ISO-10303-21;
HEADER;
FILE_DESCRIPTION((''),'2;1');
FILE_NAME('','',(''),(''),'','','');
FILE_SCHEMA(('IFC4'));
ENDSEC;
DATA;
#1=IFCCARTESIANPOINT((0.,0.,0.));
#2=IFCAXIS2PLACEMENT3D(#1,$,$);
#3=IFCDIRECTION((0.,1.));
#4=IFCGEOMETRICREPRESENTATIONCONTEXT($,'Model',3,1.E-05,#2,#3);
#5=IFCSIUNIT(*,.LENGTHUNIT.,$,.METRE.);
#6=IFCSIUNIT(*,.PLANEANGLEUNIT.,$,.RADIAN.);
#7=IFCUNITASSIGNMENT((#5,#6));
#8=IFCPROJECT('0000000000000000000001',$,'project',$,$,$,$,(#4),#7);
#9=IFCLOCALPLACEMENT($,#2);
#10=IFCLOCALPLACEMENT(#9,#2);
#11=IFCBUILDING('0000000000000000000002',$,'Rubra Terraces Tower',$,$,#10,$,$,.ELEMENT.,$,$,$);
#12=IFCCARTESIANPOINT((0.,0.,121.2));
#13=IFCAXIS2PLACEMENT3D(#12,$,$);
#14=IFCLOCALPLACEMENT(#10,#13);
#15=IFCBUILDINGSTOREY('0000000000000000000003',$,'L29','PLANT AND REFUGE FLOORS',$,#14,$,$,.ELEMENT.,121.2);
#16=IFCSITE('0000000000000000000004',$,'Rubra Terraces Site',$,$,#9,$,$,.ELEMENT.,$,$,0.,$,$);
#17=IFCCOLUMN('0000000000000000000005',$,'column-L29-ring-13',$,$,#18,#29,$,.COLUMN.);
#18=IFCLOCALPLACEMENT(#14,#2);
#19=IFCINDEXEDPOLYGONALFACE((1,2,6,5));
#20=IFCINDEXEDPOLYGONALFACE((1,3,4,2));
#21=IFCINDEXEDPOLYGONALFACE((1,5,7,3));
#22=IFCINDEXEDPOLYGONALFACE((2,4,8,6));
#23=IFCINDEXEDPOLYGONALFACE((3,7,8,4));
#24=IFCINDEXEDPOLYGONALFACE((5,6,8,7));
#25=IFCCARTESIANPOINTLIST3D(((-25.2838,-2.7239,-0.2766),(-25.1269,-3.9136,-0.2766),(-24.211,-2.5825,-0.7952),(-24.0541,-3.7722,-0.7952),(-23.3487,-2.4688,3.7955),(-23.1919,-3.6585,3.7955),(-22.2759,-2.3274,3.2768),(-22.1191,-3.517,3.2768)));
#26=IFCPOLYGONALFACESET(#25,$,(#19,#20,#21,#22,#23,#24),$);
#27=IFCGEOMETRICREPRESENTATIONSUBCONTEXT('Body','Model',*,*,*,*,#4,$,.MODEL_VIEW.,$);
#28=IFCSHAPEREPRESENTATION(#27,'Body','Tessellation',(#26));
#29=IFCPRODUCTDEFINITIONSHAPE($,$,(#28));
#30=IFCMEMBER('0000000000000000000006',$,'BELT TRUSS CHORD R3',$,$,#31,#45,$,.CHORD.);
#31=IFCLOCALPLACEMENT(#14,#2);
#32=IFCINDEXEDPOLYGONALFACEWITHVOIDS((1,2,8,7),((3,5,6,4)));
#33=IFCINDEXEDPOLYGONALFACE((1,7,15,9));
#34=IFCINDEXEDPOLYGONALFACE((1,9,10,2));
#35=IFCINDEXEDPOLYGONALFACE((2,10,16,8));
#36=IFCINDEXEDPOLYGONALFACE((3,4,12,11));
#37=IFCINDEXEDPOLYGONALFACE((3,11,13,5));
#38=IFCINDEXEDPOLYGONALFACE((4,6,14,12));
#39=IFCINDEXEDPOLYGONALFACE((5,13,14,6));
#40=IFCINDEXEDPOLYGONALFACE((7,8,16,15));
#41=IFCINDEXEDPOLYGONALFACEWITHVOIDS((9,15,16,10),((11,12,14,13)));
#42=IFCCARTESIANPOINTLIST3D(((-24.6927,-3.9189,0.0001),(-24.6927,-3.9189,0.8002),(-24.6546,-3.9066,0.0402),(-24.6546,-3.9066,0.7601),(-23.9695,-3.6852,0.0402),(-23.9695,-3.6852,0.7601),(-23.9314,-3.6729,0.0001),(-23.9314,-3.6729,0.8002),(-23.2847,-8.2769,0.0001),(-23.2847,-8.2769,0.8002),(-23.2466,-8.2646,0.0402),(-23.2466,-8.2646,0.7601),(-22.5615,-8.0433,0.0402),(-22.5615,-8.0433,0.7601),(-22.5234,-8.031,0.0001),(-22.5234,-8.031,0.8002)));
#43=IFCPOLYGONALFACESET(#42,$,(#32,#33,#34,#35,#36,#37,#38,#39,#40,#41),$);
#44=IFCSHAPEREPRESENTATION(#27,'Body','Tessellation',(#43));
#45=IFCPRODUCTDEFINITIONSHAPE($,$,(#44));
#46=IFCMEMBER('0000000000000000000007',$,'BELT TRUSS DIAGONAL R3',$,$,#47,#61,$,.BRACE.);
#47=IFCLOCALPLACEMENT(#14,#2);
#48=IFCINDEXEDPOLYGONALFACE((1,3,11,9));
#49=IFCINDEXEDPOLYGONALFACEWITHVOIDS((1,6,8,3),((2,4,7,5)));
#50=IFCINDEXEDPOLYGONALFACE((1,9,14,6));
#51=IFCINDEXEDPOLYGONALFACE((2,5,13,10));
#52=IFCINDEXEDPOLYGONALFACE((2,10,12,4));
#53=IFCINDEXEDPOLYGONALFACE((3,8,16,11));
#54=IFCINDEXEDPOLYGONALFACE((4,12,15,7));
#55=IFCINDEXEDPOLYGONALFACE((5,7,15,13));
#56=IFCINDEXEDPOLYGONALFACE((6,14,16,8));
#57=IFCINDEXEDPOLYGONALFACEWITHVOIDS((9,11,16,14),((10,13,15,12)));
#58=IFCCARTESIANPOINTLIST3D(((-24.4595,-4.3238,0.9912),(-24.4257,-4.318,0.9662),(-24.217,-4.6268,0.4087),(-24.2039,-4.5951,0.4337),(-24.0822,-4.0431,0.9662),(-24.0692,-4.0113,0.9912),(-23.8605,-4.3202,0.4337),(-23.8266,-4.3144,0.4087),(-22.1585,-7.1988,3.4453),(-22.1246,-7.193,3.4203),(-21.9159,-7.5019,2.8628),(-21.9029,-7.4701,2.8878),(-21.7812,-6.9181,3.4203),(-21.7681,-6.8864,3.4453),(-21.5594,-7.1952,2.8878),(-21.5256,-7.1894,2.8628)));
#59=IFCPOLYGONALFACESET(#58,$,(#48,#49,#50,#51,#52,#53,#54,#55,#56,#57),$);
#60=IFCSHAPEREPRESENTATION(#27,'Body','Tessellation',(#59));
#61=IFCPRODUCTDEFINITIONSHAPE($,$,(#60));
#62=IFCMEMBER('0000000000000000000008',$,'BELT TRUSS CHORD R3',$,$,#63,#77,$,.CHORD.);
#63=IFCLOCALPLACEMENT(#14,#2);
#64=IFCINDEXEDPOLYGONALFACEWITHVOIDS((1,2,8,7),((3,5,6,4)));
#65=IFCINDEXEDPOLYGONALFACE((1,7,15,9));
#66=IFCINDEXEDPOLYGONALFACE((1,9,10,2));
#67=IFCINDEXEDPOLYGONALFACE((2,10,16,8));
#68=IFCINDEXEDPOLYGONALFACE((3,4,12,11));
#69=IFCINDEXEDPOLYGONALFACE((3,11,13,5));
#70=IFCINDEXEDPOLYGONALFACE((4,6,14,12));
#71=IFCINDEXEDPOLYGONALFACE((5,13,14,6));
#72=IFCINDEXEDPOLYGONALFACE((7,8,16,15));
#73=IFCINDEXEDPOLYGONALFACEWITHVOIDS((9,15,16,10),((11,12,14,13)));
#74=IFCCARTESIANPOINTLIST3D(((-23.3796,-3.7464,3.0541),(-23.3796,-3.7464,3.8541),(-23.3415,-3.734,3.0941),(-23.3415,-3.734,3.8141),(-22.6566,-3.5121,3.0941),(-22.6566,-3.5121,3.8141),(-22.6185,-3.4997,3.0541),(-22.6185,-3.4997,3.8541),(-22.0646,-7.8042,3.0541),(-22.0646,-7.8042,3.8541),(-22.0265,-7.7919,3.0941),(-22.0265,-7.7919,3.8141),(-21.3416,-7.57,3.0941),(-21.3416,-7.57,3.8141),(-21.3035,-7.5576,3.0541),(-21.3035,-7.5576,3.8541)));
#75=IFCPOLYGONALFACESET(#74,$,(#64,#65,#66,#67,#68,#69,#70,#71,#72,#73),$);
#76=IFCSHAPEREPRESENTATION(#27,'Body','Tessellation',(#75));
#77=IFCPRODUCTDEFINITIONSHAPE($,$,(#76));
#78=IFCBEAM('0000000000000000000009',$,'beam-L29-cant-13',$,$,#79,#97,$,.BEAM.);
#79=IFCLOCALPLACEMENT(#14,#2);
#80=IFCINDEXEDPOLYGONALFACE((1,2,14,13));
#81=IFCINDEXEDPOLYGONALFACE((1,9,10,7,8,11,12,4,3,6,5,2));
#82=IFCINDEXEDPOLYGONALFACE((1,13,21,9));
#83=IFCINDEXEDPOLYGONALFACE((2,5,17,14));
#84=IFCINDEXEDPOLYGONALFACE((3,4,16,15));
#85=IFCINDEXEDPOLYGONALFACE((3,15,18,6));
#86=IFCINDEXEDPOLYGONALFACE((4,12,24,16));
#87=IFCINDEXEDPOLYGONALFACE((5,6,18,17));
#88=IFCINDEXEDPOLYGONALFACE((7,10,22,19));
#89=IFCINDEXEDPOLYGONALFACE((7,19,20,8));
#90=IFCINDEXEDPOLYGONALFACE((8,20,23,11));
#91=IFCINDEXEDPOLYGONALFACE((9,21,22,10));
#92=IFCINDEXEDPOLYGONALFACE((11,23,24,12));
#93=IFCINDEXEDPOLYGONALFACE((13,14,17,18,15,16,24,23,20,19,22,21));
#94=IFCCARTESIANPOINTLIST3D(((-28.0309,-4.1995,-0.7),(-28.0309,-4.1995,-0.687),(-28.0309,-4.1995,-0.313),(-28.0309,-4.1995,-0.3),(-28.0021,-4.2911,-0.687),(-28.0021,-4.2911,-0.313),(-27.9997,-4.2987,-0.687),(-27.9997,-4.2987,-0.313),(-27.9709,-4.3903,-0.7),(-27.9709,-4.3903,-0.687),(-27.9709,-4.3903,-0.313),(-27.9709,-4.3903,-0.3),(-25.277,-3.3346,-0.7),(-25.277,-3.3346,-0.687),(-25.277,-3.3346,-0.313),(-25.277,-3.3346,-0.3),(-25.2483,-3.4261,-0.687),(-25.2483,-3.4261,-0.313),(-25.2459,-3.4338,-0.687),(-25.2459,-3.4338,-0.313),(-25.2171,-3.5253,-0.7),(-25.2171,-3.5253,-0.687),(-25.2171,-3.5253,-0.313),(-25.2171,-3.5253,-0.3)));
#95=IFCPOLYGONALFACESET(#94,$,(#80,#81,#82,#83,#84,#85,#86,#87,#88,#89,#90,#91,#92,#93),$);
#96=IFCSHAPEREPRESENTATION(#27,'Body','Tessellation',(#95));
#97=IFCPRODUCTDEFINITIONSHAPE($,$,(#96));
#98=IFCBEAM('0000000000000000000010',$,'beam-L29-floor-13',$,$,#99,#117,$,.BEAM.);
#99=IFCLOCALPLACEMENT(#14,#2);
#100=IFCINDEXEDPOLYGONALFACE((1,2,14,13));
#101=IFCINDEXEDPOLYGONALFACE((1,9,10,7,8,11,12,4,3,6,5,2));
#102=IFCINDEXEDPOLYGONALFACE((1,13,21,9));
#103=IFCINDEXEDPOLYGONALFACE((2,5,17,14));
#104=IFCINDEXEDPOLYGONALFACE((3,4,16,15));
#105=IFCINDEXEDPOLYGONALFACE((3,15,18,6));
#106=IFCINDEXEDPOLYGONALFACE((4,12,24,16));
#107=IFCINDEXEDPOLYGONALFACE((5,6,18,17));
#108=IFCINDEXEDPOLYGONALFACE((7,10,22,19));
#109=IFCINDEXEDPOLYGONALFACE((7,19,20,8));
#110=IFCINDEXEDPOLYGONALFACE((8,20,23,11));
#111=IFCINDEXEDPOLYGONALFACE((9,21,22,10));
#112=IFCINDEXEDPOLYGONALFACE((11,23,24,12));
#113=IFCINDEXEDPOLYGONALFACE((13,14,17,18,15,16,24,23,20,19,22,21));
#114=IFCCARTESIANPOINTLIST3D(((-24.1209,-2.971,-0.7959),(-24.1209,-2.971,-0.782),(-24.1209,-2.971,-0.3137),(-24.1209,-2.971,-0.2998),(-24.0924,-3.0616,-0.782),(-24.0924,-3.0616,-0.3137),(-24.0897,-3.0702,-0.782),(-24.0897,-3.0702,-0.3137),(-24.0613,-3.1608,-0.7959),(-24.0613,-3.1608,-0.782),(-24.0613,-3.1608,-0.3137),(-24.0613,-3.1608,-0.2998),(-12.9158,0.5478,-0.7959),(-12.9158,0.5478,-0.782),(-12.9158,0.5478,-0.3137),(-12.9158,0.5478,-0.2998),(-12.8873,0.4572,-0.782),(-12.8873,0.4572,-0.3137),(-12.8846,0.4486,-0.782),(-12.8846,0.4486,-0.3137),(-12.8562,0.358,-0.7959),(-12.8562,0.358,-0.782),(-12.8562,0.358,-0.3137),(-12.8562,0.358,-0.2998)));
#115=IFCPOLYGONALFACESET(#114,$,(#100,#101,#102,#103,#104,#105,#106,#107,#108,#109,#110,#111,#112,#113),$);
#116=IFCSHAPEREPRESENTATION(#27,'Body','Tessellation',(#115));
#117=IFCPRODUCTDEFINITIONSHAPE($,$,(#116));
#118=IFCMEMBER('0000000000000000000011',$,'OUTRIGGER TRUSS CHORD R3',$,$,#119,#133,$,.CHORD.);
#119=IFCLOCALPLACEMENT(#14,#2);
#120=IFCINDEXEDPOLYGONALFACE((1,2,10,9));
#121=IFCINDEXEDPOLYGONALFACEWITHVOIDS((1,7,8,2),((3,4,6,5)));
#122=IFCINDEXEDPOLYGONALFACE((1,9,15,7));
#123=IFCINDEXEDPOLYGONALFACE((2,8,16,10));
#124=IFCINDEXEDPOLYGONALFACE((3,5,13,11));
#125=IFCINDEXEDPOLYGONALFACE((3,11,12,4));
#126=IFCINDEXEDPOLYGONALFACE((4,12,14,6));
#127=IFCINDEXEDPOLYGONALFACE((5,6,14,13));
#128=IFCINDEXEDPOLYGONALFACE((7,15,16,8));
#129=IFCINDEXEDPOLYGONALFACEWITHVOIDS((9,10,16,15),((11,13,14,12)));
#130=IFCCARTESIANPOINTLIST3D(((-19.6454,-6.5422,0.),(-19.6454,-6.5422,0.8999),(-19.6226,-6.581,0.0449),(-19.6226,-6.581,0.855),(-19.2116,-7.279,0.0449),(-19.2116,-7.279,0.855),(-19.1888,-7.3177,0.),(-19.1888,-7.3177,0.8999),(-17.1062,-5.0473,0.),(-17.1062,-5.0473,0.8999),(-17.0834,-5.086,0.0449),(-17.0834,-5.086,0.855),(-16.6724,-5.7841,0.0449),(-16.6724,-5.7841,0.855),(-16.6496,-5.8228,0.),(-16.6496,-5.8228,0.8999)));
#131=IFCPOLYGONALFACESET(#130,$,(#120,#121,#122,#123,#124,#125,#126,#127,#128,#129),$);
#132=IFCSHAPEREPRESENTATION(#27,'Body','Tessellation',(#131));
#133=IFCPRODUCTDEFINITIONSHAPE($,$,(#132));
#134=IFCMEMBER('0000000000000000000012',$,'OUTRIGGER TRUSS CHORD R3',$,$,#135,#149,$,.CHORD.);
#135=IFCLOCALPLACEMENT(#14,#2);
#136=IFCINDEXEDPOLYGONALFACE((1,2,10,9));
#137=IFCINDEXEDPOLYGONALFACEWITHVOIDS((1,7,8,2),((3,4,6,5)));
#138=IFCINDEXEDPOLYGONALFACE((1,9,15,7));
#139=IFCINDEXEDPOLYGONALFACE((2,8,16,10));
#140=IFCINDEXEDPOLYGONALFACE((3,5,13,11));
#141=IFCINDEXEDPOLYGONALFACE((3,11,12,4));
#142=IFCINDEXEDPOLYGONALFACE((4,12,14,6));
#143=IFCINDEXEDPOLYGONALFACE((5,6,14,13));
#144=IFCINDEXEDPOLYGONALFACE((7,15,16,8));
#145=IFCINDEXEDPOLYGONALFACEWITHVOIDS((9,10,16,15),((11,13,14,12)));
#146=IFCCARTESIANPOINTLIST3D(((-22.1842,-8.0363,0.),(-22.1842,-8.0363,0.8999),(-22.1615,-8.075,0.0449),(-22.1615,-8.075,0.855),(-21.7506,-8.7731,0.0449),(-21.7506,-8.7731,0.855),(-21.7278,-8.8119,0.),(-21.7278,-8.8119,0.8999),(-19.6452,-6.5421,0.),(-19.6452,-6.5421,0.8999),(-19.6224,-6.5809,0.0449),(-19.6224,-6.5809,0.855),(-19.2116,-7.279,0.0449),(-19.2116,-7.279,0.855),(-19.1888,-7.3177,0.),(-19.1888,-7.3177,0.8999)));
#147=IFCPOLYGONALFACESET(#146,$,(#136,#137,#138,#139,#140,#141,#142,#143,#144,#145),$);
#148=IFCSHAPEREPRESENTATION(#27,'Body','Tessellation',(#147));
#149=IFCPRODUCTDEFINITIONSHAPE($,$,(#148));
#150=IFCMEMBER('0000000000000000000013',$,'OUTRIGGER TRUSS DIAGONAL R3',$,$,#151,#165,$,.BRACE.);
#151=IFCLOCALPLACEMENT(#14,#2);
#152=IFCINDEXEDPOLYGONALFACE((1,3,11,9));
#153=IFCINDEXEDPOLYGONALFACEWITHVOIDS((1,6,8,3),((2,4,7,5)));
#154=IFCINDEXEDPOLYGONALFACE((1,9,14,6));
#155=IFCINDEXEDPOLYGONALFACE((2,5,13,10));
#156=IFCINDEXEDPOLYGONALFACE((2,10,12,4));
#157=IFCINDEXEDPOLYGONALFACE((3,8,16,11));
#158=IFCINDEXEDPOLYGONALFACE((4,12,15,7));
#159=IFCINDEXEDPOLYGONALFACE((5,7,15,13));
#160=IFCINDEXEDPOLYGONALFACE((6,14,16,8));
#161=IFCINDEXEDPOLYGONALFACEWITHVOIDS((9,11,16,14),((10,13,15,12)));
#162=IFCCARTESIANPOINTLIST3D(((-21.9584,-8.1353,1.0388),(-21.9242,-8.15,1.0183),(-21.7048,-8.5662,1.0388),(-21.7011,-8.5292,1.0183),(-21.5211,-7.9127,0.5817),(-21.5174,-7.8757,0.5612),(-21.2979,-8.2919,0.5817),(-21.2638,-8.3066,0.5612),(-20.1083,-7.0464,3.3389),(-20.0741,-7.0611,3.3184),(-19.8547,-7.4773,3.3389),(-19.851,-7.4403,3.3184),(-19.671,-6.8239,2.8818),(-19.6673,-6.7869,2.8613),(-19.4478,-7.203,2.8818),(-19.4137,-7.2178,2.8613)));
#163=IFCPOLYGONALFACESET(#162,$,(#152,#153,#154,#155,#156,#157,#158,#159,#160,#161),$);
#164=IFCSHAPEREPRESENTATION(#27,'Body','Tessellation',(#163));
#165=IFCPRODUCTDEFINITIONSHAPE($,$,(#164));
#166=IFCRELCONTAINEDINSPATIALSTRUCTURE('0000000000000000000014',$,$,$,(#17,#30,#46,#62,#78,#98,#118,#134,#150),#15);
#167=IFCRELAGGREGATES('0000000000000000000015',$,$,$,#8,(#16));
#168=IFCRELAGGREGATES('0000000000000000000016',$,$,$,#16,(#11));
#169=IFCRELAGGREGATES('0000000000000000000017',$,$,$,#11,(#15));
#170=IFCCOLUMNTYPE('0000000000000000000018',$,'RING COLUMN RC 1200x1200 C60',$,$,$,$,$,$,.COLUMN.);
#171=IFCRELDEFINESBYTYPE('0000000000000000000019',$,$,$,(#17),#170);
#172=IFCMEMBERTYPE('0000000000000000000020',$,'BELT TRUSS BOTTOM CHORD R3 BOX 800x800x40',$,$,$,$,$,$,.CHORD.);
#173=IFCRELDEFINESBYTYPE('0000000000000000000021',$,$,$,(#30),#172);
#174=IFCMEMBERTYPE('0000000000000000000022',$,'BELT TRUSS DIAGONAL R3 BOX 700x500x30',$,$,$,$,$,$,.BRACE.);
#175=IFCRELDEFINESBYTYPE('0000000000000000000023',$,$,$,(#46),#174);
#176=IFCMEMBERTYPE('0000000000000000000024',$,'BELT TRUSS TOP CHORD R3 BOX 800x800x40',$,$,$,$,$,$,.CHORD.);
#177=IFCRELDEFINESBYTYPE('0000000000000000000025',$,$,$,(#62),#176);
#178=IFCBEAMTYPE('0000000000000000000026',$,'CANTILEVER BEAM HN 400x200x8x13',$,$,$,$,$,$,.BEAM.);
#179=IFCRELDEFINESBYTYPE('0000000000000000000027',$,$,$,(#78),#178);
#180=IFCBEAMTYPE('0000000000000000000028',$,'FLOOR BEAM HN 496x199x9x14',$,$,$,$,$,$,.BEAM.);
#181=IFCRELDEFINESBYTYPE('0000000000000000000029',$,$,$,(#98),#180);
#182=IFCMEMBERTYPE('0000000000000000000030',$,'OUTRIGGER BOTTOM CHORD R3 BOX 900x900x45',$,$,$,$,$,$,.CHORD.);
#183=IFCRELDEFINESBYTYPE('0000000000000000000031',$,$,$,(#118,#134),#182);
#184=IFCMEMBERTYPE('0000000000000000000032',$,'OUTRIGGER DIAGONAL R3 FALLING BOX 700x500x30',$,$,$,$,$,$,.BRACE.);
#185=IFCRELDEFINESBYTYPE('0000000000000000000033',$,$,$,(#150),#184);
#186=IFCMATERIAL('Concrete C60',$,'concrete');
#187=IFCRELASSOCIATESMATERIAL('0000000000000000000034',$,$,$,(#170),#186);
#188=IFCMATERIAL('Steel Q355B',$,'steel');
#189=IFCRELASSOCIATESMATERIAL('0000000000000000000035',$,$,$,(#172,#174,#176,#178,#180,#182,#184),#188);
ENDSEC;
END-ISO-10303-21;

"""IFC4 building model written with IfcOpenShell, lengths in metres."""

from ifc_helpers import new_model, si_unit, direction, frame, origin, origin_2d, place, context, subcontext, project, spatial, rectangle, hollow_rectangle, i_section, extrude, material, material_profile, profile_set, type_object, element, save


model = new_model("IFC4")

# Units and contexts
model_context = context("Model", 3, precision=1e-05, world=origin(), true_north=direction((0.0, 1.0)))
body_context = subcontext(model_context, "Body", "Model", "MODEL_VIEW")
ifc_project = project(units=[si_unit("LENGTHUNIT", "METRE"), si_unit("PLANEANGLEUNIT", "RADIAN")], contexts=[model_context])

# Site, building, storey
site_placement = place(None, origin())
site = spatial("IfcSite", under=ifc_project, at=site_placement, Name="Rubra Terraces Site", CompositionType="ELEMENT", RefElevation=0.0)
building_placement = place(site_placement, origin())
building = spatial("IfcBuilding", under=site, at=building_placement, Name="Rubra Terraces Tower", CompositionType="ELEMENT")
storey_placement = place(building_placement, frame((0.0, 0.0, 121.2)))
storey = spatial("IfcBuildingStorey", under=building, at=storey_placement, Name="L29", Description="PLANT AND REFUGE FLOORS", CompositionType="ELEMENT", Elevation=121.2)

# Column
ifc_material_1 = material(Name="Concrete C60", Category="concrete")
ifc_material_profile_1 = material_profile(ifc_material_1, rectangle(XDim=1.2, YDim=1.2, at=origin_2d()), Name="RC 1200x1200")
ifc_profile_set_1 = profile_set([ifc_material_profile_1], Name="Concrete C60")
column_type = type_object("IfcColumnType", Name="RING COLUMN RC 1200x1200 C60", PredefinedType="COLUMN", material=ifc_profile_set_1)
column_placement = place(storey_placement, frame((-24.6689, -3.248, -0.5359), z_axis=(0.428525, 0.056499, 0.901762), x_axis=(-0.130713, 0.99142, 0.0)))
element("IfcColumn", 1, at=column_placement, inside=storey, type_object=column_type, Name="column-L29-ring-13", PredefinedType="COLUMN", context=body_context, shape_type="SweptSolid", body=[
    extrude(rectangle(XDim=1.2, YDim=1.2, at=origin_2d()), origin(), (0.0, 0.0, 1.0), 4.5156),
])

# Members
ifc_material_2 = material(Name="Steel Q355B", Category="steel")
ifc_material_profile_2 = material_profile(ifc_material_2, hollow_rectangle(XDim=0.8, YDim=0.8, WallThickness=0.04, at=origin_2d()), Name="BOX 800x800x40")
ifc_profile_set_2 = profile_set([ifc_material_profile_2], Name="Steel Q355B")
member_type_1 = type_object("IfcMemberType", Name="BELT TRUSS BOTTOM CHORD R3 BOX 800x800x40", PredefinedType="CHORD", material=ifc_profile_set_2)
member_1_placement = place(storey_placement, frame((-24.312, -3.7959, 0.4001), z_axis=(0.307419, -0.951574, 0.0), x_axis=(0.951574, 0.307419, 0.0)))
element("IfcMember", 2, at=member_1_placement, inside=storey, type_object=member_type_1, Name="BELT TRUSS CHORD R3", PredefinedType="CHORD", context=body_context, shape_type="SweptSolid", body=[
    extrude(hollow_rectangle(XDim=0.8, YDim=0.8, WallThickness=0.04, at=origin_2d()), origin(), (0.0, 0.0, 1.0), 4.5798),
])
ifc_material_profile_3 = material_profile(ifc_material_2, hollow_rectangle(XDim=0.5, YDim=0.7, WallThickness=0.03, at=origin_2d()), Name="BOX 700x500x30")
ifc_profile_set_3 = profile_set([ifc_material_profile_3], Name="Steel Q355B")
member_type_2 = type_object("IfcMemberType", Name="BELT TRUSS DIAGONAL R3 BOX 700x500x30", PredefinedType="BRACE", material=ifc_profile_set_3)
member_2_placement = place(storey_placement, frame((-24.1431, -4.3191, 0.7), z_axis=(0.519975, -0.649679, 0.554566), x_axis=(0.780733, 0.624865, 0.0)))
element("IfcMember", 3, at=member_2_placement, inside=storey, type_object=member_type_2, Name="BELT TRUSS DIAGONAL R3", PredefinedType="BRACE", context=body_context, shape_type="SweptSolid", body=[
    extrude(hollow_rectangle(XDim=0.5, YDim=0.7, WallThickness=0.03, at=origin_2d()), origin(), (0.0, 0.0, 1.0), 4.4253),
])
ifc_material_profile_4 = material_profile(ifc_material_2, hollow_rectangle(XDim=0.8, YDim=0.8, WallThickness=0.04, at=origin_2d()), Name="BOX 800x800x40")
ifc_profile_set_4 = profile_set([ifc_material_profile_4], Name="Steel Q355B")
member_type_3 = type_object("IfcMemberType", Name="BELT TRUSS TOP CHORD R3 BOX 800x800x40", PredefinedType="CHORD", material=ifc_profile_set_4)
member_3_placement = place(storey_placement, frame((-22.999, -3.623, 3.4541), z_axis=(0.308267, -0.9513, 0.0), x_axis=(0.9513, 0.308267, 0.0)))
element("IfcMember", 4, at=member_3_placement, inside=storey, type_object=member_type_3, Name="BELT TRUSS CHORD R3", PredefinedType="CHORD", context=body_context, shape_type="SweptSolid", body=[
    extrude(hollow_rectangle(XDim=0.8, YDim=0.8, WallThickness=0.04, at=origin_2d()), origin(), (0.0, 0.0, 1.0), 4.2656),
])

# Beams
ifc_material_profile_5 = material_profile(ifc_material_2, i_section(OverallWidth=0.2, OverallDepth=0.3999, WebThickness=0.0081, FlangeThickness=0.0129, at=origin_2d()), Name="HN 400x200x8x13")
ifc_profile_set_5 = profile_set([ifc_material_profile_5], Name="Steel Q355B")
beam_type_1 = type_object("IfcBeamType", Name="CANTILEVER BEAM HN 400x200x8x13", PredefinedType="BEAM", material=ifc_profile_set_5)
beam_1_placement = place(storey_placement, frame((-25.2471, -3.4299, -0.5), z_axis=(-0.954046, -0.299662, 0.0), x_axis=(0.299662, -0.954046, 0.0)))
element("IfcBeam", 5, at=beam_1_placement, inside=storey, type_object=beam_type_1, Name="beam-L29-cant-13", PredefinedType="BEAM", context=body_context, shape_type="SweptSolid", body=[
    extrude(i_section(OverallWidth=0.2, OverallDepth=0.3999, WebThickness=0.0081, FlangeThickness=0.0129, at=origin_2d()), origin(), (0.0, 0.0, 1.0), 2.8865),
])
ifc_material_profile_6 = material_profile(ifc_material_2, i_section(OverallWidth=0.199, OverallDepth=0.4961, WebThickness=0.009, FlangeThickness=0.0139, at=origin_2d()), Name="HN 496x199x9x14")
ifc_profile_set_6 = profile_set([ifc_material_profile_6], Name="Steel Q355B")
beam_type_2 = type_object("IfcBeamType", Name="FLOOR BEAM HN 496x199x9x14", PredefinedType="BEAM", material=ifc_profile_set_6)
beam_2_placement = place(storey_placement, frame((-24.0911, -3.0659, -0.5479), z_axis=(0.954062, 0.29961, 0.0), x_axis=(-0.29961, 0.954062, 0.0)))
element("IfcBeam", 6, at=beam_2_placement, inside=storey, type_object=beam_type_2, Name="beam-L29-floor-13", PredefinedType="BEAM", context=body_context, shape_type="SweptSolid", body=[
    extrude(i_section(OverallWidth=0.199, OverallDepth=0.4961, WebThickness=0.009, FlangeThickness=0.0139, at=origin_2d()), origin(), (0.0, 0.0, 1.0), 11.7446),
])

# Members
ifc_material_profile_7 = material_profile(ifc_material_2, hollow_rectangle(XDim=0.8999, YDim=0.8999, WallThickness=0.0449, at=origin_2d()), Name="BOX 900x900x45")
ifc_profile_set_7 = profile_set([ifc_material_profile_7], Name="Steel Q355B")
member_type_4 = type_object("IfcMemberType", Name="OUTRIGGER BOTTOM CHORD R3 BOX 900x900x45", PredefinedType="CHORD", material=ifc_profile_set_7)
member_4_placement = place(storey_placement, frame((-16.8779, -5.4351, 0.45), z_axis=(-0.86174, -0.50735, 0.0), x_axis=(0.50735, -0.86174, 0.0)))
element("IfcMember", 7, at=member_4_placement, inside=storey, type_object=member_type_4, Name="OUTRIGGER TRUSS CHORD R3", PredefinedType="CHORD", context=body_context, shape_type="SweptSolid", body=[
    extrude(hollow_rectangle(XDim=0.8999, YDim=0.8999, WallThickness=0.0449, at=origin_2d()), origin(), (0.0, 0.0, 1.0), 2.9465),
])
member_5_placement = place(storey_placement, frame((-19.417, -6.9299, 0.45), z_axis=(-0.861849, -0.507165, 0.0), x_axis=(0.507165, -0.861849, 0.0)))
element("IfcMember", 8, at=member_5_placement, inside=storey, type_object=member_type_4, Name="OUTRIGGER TRUSS CHORD R3", PredefinedType="CHORD", context=body_context, shape_type="SweptSolid", body=[
    extrude(hollow_rectangle(XDim=0.8999, YDim=0.8999, WallThickness=0.0449, at=origin_2d()), origin(), (0.0, 0.0, 1.0), 2.946),
])
ifc_material_profile_8 = material_profile(ifc_material_2, hollow_rectangle(XDim=0.5, YDim=0.7, WallThickness=0.03, at=origin_2d()), Name="BOX 700x500x30")
ifc_profile_set_8 = profile_set([ifc_material_profile_8], Name="Steel Q355B")
member_type_5 = type_object("IfcMemberType", Name="OUTRIGGER DIAGONAL R3 FALLING BOX 700x500x30", PredefinedType="BRACE", material=ifc_profile_set_8)
member_6_placement = place(storey_placement, frame((-19.761, -7.1321, 3.1001), z_axis=(-0.588038, -0.346087, -0.731051), x_axis=(0.507219, -0.861817, 0.0)))
element("IfcMember", 9, at=member_6_placement, inside=storey, type_object=member_type_5, Name="OUTRIGGER TRUSS DIAGONAL R3", PredefinedType="BRACE", context=body_context, shape_type="SweptSolid", body=[
    extrude(hollow_rectangle(XDim=0.5, YDim=0.7, WallThickness=0.03, at=origin_2d()), origin(), (0.0, 0.0, 1.0), 3.1462),
])

save(model, "model.ifc")
